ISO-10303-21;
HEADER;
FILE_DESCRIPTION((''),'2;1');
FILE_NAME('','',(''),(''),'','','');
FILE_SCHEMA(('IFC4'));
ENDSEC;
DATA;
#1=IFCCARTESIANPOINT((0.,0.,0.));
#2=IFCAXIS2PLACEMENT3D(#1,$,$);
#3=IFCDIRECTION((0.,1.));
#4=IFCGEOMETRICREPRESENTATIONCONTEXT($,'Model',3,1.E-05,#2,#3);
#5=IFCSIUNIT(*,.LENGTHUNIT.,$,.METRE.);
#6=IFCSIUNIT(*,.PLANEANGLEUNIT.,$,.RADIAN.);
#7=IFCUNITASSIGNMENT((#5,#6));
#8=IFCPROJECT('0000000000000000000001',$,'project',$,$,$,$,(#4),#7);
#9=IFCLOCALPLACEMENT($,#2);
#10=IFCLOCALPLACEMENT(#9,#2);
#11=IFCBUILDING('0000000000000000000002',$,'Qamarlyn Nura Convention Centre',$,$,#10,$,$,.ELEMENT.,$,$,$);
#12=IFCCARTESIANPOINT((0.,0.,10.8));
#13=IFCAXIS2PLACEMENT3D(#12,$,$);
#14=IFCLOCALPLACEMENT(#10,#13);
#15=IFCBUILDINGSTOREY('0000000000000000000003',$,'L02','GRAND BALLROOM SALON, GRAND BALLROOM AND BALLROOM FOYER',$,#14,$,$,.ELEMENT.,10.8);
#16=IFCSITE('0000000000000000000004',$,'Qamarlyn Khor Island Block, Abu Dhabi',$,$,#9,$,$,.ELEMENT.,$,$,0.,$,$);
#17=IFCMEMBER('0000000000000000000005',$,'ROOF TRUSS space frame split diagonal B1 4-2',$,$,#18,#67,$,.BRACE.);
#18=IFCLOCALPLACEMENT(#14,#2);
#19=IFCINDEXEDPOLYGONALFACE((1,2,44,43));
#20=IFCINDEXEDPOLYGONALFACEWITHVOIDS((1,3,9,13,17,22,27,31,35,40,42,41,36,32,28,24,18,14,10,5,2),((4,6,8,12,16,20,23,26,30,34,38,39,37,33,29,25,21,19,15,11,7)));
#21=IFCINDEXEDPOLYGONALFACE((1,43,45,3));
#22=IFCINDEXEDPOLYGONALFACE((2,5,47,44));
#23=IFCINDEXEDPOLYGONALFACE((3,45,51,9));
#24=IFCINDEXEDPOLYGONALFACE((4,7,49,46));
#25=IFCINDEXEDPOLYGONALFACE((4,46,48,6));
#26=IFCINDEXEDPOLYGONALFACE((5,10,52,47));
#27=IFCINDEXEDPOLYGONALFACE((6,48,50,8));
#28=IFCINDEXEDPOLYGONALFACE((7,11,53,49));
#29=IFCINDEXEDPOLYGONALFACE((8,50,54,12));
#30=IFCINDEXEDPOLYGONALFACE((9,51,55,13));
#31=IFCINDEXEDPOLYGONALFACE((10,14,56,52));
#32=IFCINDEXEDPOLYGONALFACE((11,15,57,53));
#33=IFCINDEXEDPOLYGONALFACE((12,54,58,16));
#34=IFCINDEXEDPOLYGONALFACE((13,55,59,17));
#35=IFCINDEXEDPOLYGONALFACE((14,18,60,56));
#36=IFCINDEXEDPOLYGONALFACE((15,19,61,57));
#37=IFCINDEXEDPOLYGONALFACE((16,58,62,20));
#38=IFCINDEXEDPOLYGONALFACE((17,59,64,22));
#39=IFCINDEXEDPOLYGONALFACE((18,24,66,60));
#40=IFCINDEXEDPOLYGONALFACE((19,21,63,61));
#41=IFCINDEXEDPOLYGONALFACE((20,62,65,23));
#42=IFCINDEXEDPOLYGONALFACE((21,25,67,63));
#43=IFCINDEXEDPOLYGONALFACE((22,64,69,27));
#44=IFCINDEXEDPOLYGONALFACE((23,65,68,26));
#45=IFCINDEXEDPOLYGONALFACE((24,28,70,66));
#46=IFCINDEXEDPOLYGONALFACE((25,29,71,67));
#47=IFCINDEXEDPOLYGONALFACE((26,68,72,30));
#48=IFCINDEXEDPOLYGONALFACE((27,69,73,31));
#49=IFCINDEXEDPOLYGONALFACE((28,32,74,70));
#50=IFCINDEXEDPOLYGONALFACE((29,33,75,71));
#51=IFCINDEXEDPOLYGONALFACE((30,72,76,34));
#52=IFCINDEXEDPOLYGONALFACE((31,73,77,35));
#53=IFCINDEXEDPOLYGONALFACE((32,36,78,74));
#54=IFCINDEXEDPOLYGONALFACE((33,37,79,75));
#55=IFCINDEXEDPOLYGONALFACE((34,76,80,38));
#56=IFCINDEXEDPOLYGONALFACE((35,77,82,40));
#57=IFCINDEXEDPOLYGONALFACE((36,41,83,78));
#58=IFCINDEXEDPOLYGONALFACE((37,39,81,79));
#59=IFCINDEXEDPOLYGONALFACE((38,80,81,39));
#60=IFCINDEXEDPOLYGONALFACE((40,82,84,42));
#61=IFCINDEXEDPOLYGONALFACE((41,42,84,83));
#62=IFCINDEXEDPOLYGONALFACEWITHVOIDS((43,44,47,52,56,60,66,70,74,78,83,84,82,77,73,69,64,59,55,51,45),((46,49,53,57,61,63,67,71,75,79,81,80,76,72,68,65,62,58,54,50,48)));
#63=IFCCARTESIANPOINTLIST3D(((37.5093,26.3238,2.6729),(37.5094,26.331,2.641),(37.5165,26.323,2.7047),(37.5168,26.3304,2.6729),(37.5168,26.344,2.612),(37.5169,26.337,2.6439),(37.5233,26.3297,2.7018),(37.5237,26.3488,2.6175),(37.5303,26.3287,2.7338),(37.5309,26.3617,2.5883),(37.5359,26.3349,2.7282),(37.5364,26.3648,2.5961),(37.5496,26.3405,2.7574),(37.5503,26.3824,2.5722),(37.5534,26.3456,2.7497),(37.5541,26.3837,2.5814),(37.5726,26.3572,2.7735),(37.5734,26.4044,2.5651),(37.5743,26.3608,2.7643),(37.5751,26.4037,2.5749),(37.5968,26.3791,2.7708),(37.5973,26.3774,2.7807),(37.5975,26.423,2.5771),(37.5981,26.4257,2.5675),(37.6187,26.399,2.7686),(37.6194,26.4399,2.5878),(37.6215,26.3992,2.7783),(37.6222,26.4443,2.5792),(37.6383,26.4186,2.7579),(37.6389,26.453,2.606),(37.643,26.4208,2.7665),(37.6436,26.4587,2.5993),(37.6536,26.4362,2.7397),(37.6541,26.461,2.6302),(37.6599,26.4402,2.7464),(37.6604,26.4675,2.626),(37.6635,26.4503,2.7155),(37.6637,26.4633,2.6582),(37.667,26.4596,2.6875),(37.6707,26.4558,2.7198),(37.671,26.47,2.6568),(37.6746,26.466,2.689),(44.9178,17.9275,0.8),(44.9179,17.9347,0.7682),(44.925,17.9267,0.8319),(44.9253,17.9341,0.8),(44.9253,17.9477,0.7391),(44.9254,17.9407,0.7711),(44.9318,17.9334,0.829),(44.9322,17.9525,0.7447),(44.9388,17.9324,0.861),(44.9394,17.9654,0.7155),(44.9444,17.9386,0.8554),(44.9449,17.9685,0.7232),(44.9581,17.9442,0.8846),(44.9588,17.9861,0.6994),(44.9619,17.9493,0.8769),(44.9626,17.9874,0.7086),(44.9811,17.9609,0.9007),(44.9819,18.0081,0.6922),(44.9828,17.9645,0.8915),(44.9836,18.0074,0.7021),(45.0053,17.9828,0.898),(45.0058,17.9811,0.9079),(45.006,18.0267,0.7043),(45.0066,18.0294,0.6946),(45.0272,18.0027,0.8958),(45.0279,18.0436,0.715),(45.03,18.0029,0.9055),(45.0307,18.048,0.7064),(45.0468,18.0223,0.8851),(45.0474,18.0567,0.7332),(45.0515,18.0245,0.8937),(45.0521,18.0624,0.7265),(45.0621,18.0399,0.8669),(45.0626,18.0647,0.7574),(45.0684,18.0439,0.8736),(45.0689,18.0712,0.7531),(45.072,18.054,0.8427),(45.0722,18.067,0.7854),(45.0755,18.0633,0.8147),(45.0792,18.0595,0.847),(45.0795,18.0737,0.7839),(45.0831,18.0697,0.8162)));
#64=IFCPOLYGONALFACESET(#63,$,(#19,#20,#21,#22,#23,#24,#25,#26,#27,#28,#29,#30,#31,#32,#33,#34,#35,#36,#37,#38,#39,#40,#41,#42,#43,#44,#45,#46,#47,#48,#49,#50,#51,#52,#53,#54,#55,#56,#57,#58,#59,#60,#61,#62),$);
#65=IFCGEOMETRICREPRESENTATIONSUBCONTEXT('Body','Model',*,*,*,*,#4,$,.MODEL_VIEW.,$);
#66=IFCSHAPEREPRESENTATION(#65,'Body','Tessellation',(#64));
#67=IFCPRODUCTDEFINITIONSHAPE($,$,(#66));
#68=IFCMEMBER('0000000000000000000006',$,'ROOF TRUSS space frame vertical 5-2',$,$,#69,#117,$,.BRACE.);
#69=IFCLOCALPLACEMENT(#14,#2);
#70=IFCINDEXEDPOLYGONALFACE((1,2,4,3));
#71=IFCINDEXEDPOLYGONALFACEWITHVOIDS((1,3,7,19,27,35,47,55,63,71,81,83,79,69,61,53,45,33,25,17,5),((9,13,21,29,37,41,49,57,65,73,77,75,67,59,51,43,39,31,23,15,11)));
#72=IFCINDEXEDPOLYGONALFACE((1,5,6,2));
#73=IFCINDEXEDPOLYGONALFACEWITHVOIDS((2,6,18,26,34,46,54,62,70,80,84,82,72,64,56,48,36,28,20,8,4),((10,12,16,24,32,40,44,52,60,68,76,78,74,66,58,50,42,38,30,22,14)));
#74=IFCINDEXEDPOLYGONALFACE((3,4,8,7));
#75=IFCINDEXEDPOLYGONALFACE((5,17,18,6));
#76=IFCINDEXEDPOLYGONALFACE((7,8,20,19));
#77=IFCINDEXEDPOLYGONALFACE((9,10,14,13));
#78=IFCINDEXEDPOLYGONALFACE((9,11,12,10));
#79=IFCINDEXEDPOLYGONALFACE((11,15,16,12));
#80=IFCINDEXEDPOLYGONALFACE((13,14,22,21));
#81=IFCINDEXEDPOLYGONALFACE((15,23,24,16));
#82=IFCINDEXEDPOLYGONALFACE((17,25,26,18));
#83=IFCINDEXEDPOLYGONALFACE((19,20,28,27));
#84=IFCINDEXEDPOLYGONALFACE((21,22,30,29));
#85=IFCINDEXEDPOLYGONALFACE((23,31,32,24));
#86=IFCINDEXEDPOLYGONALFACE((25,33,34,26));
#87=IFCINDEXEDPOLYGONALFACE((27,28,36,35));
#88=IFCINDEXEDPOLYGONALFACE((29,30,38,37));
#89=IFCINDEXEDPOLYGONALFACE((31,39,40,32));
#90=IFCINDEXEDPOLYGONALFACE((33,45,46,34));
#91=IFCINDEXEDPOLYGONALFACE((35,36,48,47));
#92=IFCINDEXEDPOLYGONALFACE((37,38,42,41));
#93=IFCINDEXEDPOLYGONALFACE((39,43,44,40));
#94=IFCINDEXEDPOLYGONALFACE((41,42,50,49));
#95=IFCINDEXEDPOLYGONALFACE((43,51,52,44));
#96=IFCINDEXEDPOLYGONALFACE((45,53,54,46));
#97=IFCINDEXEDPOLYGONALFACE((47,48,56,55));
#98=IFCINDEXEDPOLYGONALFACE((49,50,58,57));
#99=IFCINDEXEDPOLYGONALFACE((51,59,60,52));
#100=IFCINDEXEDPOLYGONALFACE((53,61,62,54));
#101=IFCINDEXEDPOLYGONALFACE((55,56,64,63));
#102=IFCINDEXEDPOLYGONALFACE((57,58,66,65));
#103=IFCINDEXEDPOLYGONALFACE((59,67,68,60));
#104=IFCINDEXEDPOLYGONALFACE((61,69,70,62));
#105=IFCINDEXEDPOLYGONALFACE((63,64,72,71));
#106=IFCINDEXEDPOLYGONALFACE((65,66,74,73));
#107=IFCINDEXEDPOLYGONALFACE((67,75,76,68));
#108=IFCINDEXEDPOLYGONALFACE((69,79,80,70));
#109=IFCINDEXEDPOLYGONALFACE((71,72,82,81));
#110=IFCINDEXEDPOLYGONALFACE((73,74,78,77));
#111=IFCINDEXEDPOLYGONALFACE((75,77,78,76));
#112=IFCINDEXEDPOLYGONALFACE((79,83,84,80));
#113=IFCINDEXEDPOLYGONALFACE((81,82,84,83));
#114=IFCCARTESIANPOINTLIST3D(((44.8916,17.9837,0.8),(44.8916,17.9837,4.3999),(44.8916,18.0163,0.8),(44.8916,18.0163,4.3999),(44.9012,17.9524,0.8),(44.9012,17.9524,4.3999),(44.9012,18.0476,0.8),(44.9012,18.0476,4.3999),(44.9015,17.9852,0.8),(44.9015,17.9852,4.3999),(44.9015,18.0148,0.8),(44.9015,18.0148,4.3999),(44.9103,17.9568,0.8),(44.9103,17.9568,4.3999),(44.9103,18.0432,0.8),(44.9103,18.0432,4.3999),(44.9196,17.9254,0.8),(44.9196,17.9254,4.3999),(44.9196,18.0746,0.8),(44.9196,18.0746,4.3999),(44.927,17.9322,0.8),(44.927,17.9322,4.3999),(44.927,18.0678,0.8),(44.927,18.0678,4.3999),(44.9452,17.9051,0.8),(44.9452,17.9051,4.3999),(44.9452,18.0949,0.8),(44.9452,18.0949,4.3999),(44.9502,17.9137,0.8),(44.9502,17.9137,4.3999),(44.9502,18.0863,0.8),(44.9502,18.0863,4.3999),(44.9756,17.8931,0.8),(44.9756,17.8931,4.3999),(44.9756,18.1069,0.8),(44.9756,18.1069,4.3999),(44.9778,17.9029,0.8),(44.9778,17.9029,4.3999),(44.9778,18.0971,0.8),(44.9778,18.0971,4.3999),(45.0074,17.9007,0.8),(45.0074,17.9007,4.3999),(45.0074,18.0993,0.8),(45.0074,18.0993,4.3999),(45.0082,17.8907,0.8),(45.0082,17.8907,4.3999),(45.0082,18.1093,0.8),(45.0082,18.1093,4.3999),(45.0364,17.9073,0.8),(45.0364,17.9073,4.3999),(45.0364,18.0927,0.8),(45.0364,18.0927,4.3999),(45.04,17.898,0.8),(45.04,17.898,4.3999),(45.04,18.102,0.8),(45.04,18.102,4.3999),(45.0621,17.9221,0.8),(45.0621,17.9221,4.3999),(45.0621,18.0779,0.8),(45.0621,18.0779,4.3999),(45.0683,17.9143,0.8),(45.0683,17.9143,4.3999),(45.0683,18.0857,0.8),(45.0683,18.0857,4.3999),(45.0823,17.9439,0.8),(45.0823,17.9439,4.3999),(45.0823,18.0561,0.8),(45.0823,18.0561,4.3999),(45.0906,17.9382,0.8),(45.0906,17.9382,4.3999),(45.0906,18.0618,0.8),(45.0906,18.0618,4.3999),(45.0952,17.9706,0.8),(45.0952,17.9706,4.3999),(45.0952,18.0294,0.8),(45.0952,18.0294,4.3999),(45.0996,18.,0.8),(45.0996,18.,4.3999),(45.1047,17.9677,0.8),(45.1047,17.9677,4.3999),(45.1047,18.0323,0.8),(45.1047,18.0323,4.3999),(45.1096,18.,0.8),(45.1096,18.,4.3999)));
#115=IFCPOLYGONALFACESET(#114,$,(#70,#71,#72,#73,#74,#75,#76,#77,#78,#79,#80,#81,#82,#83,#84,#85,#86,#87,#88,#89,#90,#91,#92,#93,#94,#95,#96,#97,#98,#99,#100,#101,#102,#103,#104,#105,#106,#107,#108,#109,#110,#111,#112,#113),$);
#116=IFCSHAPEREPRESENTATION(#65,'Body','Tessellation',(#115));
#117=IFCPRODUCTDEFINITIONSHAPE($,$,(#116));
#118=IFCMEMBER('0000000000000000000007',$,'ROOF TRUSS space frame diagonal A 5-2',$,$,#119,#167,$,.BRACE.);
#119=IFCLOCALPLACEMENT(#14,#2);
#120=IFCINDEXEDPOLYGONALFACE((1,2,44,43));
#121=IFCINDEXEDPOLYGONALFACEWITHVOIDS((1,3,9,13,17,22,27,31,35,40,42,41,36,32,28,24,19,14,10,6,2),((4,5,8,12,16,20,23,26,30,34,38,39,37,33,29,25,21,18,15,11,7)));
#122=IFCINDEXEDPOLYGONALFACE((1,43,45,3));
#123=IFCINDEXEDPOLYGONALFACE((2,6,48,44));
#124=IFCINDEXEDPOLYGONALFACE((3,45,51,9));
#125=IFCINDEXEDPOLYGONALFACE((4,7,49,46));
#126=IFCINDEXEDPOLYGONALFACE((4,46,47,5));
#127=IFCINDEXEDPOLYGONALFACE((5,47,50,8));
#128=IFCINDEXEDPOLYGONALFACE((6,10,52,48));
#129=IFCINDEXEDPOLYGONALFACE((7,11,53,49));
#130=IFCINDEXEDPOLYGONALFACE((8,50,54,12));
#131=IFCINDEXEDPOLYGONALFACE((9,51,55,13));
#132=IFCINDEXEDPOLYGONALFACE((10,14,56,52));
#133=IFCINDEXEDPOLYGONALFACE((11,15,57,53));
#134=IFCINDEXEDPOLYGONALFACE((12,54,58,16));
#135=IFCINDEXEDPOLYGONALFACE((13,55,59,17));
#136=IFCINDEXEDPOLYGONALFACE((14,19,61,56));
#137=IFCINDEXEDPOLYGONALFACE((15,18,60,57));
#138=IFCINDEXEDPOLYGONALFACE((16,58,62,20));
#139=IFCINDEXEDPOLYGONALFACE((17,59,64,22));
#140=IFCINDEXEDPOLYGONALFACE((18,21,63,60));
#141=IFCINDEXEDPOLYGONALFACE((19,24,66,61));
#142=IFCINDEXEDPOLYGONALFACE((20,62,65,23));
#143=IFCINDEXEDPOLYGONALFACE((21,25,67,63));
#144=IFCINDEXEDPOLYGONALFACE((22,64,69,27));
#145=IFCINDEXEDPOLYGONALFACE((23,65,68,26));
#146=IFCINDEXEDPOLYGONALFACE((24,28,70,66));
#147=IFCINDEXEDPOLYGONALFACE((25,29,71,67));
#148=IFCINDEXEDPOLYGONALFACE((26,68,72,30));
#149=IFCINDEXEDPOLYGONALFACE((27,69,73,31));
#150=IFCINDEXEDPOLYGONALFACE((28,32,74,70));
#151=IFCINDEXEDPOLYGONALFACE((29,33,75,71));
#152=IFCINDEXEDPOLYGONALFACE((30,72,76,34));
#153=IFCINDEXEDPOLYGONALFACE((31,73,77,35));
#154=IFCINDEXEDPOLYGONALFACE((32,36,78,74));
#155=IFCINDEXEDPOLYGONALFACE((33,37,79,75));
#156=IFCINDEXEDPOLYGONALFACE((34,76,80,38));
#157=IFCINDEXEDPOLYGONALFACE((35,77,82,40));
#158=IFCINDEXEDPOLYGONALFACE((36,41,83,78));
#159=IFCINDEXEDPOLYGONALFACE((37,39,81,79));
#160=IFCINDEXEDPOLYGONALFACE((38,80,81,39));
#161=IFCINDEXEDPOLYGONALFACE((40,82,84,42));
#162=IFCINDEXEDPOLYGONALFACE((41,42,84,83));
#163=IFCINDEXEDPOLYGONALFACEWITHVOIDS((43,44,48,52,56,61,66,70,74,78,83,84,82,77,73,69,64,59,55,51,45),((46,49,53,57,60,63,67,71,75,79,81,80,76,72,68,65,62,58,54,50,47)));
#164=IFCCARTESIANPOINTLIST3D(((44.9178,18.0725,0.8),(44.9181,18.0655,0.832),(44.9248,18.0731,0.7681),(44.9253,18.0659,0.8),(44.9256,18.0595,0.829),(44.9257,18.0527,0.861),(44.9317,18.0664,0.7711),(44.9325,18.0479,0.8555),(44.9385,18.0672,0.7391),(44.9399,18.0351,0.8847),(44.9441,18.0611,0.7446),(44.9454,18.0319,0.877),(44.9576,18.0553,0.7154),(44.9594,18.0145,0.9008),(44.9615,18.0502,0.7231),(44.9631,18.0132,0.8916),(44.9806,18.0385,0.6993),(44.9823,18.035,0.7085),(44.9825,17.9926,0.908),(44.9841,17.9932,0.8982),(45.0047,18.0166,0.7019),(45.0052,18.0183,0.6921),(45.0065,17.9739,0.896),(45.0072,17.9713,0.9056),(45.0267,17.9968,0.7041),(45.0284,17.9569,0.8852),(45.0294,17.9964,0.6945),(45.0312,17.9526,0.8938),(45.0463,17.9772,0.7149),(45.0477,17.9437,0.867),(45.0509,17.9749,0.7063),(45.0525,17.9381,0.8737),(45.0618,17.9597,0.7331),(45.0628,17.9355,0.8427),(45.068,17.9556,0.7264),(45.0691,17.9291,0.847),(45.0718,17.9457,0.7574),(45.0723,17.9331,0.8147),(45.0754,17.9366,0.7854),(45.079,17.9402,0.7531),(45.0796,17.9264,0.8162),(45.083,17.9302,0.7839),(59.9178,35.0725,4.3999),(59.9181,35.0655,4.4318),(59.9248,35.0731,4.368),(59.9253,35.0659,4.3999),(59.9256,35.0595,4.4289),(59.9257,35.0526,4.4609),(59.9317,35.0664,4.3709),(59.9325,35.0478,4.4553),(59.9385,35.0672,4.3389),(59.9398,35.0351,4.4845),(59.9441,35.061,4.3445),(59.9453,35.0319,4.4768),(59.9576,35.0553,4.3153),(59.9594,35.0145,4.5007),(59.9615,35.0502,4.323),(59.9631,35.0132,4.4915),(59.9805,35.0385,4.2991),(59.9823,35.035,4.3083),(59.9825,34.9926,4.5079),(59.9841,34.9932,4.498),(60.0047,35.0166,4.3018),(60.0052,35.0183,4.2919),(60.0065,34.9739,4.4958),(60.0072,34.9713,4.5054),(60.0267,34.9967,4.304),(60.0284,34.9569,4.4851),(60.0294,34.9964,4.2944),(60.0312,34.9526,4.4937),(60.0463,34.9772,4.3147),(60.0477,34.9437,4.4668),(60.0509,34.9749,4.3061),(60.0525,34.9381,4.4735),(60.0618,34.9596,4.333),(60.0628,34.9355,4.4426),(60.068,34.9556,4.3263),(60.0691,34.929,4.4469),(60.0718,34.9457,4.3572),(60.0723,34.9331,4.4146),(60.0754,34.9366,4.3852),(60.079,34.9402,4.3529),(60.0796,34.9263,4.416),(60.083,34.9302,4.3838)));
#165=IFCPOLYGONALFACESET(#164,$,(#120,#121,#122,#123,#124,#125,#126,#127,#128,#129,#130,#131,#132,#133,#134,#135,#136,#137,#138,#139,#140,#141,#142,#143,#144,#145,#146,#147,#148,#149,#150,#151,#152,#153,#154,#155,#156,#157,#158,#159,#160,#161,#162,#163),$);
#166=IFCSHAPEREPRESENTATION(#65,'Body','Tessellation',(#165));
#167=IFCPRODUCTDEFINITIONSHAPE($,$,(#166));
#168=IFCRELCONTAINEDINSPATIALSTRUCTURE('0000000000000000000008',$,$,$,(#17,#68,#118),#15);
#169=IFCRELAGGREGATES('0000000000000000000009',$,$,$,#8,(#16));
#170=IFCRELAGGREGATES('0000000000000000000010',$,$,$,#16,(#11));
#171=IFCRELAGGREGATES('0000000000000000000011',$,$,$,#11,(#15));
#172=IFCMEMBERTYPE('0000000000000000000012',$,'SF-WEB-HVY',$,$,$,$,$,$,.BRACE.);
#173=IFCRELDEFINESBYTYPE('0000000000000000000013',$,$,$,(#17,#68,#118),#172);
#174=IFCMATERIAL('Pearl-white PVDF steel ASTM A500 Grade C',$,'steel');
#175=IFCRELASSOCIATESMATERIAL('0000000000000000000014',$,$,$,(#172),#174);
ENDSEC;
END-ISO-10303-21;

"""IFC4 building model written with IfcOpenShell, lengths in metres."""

from ifc_helpers import new_model, si_unit, direction, frame, origin, origin_2d, place, context, subcontext, project, spatial, hollow_circle, extrude, material, material_profile, profile_set, type_object, element, save


model = new_model("IFC4")

# Units and contexts
model_context = context("Model", 3, precision=1e-05, world=origin(), true_north=direction((0.0, 1.0)))
body_context = subcontext(model_context, "Body", "Model", "MODEL_VIEW")
ifc_project = project(units=[si_unit("LENGTHUNIT", "METRE"), si_unit("PLANEANGLEUNIT", "RADIAN")], contexts=[model_context])

# Site, building, storey
site_placement = place(None, origin())
site = spatial("IfcSite", under=ifc_project, at=site_placement, Name="Qamarlyn Khor Island Block, Abu Dhabi", CompositionType="ELEMENT", RefElevation=0.0)
building_placement = place(site_placement, origin())
building = spatial("IfcBuilding", under=site, at=building_placement, Name="Qamarlyn Nura Convention Centre", CompositionType="ELEMENT")
storey_placement = place(building_placement, frame((0.0, 0.0, 10.8)))
storey = spatial("IfcBuildingStorey", under=building, at=storey_placement, Name="L02", Description="GRAND BALLROOM SALON, GRAND BALLROOM AND BALLROOM FOYER", CompositionType="ELEMENT", Elevation=10.8)

# Shared definitions
ifc_material_1 = material(Name="Pearl-white PVDF steel ASTM A500 Grade C", Category="steel")

# Members
ifc_material_profile_1 = material_profile(ifc_material_1, hollow_circle(Radius=0.1096, WallThickness=0.01, at=origin_2d()), Name="CHS219.1X10")
ifc_profile_set_1 = profile_set([ifc_material_profile_1], Name="Pearl-white PVDF steel ASTM A500 Grade C")
member_type_1 = type_object("IfcMemberType", Name="SF-WEB-HVY", PredefinedType="BRACE", material=ifc_profile_set_1)
member_1_placement = place(storey_placement, frame((45.0, 18.0, 0.8), z_axis=(-0.652557, 0.739565, 0.164962), x_axis=(-0.749838, -0.661622, 0.0)))
element("IfcMember", 1, at=member_1_placement, inside=storey, type_object=member_type_1, Name="ROOF TRUSS space frame split diagonal B1 4-2", PredefinedType="BRACE", context=body_context, shape_type="SweptSolid", body=[
    extrude(hollow_circle(Radius=0.1096, WallThickness=0.01, at=origin_2d()), origin(), (0.0, 0.0, 1.0), 11.353),
])
member_2_placement = place(storey_placement, frame((45.0, 18.0, 0.8), z_axis=(0.0, 0.0, 1.0), x_axis=(1.0, 0.0, 0.0)))
element("IfcMember", 2, at=member_2_placement, inside=storey, type_object=member_type_1, Name="ROOF TRUSS space frame vertical 5-2", PredefinedType="BRACE", context=body_context, shape_type="SweptSolid", body=[
    extrude(hollow_circle(Radius=0.1096, WallThickness=0.01, at=origin_2d()), origin(), (0.0, 0.0, 1.0), 3.5999),
])
member_3_placement = place(storey_placement, frame((45.0, 18.0, 0.8), z_axis=(0.653436, 0.74056, 0.156818), x_axis=(-0.749838, 0.661622, 0.0)))
element("IfcMember", 3, at=member_3_placement, inside=storey, type_object=member_type_1, Name="ROOF TRUSS space frame diagonal A 5-2", PredefinedType="BRACE", context=body_context, shape_type="SweptSolid", body=[
    extrude(hollow_circle(Radius=0.1096, WallThickness=0.01, at=origin_2d()), origin(), (0.0, 0.0, 1.0), 22.9556),
])

save(model, "model.ifc")
